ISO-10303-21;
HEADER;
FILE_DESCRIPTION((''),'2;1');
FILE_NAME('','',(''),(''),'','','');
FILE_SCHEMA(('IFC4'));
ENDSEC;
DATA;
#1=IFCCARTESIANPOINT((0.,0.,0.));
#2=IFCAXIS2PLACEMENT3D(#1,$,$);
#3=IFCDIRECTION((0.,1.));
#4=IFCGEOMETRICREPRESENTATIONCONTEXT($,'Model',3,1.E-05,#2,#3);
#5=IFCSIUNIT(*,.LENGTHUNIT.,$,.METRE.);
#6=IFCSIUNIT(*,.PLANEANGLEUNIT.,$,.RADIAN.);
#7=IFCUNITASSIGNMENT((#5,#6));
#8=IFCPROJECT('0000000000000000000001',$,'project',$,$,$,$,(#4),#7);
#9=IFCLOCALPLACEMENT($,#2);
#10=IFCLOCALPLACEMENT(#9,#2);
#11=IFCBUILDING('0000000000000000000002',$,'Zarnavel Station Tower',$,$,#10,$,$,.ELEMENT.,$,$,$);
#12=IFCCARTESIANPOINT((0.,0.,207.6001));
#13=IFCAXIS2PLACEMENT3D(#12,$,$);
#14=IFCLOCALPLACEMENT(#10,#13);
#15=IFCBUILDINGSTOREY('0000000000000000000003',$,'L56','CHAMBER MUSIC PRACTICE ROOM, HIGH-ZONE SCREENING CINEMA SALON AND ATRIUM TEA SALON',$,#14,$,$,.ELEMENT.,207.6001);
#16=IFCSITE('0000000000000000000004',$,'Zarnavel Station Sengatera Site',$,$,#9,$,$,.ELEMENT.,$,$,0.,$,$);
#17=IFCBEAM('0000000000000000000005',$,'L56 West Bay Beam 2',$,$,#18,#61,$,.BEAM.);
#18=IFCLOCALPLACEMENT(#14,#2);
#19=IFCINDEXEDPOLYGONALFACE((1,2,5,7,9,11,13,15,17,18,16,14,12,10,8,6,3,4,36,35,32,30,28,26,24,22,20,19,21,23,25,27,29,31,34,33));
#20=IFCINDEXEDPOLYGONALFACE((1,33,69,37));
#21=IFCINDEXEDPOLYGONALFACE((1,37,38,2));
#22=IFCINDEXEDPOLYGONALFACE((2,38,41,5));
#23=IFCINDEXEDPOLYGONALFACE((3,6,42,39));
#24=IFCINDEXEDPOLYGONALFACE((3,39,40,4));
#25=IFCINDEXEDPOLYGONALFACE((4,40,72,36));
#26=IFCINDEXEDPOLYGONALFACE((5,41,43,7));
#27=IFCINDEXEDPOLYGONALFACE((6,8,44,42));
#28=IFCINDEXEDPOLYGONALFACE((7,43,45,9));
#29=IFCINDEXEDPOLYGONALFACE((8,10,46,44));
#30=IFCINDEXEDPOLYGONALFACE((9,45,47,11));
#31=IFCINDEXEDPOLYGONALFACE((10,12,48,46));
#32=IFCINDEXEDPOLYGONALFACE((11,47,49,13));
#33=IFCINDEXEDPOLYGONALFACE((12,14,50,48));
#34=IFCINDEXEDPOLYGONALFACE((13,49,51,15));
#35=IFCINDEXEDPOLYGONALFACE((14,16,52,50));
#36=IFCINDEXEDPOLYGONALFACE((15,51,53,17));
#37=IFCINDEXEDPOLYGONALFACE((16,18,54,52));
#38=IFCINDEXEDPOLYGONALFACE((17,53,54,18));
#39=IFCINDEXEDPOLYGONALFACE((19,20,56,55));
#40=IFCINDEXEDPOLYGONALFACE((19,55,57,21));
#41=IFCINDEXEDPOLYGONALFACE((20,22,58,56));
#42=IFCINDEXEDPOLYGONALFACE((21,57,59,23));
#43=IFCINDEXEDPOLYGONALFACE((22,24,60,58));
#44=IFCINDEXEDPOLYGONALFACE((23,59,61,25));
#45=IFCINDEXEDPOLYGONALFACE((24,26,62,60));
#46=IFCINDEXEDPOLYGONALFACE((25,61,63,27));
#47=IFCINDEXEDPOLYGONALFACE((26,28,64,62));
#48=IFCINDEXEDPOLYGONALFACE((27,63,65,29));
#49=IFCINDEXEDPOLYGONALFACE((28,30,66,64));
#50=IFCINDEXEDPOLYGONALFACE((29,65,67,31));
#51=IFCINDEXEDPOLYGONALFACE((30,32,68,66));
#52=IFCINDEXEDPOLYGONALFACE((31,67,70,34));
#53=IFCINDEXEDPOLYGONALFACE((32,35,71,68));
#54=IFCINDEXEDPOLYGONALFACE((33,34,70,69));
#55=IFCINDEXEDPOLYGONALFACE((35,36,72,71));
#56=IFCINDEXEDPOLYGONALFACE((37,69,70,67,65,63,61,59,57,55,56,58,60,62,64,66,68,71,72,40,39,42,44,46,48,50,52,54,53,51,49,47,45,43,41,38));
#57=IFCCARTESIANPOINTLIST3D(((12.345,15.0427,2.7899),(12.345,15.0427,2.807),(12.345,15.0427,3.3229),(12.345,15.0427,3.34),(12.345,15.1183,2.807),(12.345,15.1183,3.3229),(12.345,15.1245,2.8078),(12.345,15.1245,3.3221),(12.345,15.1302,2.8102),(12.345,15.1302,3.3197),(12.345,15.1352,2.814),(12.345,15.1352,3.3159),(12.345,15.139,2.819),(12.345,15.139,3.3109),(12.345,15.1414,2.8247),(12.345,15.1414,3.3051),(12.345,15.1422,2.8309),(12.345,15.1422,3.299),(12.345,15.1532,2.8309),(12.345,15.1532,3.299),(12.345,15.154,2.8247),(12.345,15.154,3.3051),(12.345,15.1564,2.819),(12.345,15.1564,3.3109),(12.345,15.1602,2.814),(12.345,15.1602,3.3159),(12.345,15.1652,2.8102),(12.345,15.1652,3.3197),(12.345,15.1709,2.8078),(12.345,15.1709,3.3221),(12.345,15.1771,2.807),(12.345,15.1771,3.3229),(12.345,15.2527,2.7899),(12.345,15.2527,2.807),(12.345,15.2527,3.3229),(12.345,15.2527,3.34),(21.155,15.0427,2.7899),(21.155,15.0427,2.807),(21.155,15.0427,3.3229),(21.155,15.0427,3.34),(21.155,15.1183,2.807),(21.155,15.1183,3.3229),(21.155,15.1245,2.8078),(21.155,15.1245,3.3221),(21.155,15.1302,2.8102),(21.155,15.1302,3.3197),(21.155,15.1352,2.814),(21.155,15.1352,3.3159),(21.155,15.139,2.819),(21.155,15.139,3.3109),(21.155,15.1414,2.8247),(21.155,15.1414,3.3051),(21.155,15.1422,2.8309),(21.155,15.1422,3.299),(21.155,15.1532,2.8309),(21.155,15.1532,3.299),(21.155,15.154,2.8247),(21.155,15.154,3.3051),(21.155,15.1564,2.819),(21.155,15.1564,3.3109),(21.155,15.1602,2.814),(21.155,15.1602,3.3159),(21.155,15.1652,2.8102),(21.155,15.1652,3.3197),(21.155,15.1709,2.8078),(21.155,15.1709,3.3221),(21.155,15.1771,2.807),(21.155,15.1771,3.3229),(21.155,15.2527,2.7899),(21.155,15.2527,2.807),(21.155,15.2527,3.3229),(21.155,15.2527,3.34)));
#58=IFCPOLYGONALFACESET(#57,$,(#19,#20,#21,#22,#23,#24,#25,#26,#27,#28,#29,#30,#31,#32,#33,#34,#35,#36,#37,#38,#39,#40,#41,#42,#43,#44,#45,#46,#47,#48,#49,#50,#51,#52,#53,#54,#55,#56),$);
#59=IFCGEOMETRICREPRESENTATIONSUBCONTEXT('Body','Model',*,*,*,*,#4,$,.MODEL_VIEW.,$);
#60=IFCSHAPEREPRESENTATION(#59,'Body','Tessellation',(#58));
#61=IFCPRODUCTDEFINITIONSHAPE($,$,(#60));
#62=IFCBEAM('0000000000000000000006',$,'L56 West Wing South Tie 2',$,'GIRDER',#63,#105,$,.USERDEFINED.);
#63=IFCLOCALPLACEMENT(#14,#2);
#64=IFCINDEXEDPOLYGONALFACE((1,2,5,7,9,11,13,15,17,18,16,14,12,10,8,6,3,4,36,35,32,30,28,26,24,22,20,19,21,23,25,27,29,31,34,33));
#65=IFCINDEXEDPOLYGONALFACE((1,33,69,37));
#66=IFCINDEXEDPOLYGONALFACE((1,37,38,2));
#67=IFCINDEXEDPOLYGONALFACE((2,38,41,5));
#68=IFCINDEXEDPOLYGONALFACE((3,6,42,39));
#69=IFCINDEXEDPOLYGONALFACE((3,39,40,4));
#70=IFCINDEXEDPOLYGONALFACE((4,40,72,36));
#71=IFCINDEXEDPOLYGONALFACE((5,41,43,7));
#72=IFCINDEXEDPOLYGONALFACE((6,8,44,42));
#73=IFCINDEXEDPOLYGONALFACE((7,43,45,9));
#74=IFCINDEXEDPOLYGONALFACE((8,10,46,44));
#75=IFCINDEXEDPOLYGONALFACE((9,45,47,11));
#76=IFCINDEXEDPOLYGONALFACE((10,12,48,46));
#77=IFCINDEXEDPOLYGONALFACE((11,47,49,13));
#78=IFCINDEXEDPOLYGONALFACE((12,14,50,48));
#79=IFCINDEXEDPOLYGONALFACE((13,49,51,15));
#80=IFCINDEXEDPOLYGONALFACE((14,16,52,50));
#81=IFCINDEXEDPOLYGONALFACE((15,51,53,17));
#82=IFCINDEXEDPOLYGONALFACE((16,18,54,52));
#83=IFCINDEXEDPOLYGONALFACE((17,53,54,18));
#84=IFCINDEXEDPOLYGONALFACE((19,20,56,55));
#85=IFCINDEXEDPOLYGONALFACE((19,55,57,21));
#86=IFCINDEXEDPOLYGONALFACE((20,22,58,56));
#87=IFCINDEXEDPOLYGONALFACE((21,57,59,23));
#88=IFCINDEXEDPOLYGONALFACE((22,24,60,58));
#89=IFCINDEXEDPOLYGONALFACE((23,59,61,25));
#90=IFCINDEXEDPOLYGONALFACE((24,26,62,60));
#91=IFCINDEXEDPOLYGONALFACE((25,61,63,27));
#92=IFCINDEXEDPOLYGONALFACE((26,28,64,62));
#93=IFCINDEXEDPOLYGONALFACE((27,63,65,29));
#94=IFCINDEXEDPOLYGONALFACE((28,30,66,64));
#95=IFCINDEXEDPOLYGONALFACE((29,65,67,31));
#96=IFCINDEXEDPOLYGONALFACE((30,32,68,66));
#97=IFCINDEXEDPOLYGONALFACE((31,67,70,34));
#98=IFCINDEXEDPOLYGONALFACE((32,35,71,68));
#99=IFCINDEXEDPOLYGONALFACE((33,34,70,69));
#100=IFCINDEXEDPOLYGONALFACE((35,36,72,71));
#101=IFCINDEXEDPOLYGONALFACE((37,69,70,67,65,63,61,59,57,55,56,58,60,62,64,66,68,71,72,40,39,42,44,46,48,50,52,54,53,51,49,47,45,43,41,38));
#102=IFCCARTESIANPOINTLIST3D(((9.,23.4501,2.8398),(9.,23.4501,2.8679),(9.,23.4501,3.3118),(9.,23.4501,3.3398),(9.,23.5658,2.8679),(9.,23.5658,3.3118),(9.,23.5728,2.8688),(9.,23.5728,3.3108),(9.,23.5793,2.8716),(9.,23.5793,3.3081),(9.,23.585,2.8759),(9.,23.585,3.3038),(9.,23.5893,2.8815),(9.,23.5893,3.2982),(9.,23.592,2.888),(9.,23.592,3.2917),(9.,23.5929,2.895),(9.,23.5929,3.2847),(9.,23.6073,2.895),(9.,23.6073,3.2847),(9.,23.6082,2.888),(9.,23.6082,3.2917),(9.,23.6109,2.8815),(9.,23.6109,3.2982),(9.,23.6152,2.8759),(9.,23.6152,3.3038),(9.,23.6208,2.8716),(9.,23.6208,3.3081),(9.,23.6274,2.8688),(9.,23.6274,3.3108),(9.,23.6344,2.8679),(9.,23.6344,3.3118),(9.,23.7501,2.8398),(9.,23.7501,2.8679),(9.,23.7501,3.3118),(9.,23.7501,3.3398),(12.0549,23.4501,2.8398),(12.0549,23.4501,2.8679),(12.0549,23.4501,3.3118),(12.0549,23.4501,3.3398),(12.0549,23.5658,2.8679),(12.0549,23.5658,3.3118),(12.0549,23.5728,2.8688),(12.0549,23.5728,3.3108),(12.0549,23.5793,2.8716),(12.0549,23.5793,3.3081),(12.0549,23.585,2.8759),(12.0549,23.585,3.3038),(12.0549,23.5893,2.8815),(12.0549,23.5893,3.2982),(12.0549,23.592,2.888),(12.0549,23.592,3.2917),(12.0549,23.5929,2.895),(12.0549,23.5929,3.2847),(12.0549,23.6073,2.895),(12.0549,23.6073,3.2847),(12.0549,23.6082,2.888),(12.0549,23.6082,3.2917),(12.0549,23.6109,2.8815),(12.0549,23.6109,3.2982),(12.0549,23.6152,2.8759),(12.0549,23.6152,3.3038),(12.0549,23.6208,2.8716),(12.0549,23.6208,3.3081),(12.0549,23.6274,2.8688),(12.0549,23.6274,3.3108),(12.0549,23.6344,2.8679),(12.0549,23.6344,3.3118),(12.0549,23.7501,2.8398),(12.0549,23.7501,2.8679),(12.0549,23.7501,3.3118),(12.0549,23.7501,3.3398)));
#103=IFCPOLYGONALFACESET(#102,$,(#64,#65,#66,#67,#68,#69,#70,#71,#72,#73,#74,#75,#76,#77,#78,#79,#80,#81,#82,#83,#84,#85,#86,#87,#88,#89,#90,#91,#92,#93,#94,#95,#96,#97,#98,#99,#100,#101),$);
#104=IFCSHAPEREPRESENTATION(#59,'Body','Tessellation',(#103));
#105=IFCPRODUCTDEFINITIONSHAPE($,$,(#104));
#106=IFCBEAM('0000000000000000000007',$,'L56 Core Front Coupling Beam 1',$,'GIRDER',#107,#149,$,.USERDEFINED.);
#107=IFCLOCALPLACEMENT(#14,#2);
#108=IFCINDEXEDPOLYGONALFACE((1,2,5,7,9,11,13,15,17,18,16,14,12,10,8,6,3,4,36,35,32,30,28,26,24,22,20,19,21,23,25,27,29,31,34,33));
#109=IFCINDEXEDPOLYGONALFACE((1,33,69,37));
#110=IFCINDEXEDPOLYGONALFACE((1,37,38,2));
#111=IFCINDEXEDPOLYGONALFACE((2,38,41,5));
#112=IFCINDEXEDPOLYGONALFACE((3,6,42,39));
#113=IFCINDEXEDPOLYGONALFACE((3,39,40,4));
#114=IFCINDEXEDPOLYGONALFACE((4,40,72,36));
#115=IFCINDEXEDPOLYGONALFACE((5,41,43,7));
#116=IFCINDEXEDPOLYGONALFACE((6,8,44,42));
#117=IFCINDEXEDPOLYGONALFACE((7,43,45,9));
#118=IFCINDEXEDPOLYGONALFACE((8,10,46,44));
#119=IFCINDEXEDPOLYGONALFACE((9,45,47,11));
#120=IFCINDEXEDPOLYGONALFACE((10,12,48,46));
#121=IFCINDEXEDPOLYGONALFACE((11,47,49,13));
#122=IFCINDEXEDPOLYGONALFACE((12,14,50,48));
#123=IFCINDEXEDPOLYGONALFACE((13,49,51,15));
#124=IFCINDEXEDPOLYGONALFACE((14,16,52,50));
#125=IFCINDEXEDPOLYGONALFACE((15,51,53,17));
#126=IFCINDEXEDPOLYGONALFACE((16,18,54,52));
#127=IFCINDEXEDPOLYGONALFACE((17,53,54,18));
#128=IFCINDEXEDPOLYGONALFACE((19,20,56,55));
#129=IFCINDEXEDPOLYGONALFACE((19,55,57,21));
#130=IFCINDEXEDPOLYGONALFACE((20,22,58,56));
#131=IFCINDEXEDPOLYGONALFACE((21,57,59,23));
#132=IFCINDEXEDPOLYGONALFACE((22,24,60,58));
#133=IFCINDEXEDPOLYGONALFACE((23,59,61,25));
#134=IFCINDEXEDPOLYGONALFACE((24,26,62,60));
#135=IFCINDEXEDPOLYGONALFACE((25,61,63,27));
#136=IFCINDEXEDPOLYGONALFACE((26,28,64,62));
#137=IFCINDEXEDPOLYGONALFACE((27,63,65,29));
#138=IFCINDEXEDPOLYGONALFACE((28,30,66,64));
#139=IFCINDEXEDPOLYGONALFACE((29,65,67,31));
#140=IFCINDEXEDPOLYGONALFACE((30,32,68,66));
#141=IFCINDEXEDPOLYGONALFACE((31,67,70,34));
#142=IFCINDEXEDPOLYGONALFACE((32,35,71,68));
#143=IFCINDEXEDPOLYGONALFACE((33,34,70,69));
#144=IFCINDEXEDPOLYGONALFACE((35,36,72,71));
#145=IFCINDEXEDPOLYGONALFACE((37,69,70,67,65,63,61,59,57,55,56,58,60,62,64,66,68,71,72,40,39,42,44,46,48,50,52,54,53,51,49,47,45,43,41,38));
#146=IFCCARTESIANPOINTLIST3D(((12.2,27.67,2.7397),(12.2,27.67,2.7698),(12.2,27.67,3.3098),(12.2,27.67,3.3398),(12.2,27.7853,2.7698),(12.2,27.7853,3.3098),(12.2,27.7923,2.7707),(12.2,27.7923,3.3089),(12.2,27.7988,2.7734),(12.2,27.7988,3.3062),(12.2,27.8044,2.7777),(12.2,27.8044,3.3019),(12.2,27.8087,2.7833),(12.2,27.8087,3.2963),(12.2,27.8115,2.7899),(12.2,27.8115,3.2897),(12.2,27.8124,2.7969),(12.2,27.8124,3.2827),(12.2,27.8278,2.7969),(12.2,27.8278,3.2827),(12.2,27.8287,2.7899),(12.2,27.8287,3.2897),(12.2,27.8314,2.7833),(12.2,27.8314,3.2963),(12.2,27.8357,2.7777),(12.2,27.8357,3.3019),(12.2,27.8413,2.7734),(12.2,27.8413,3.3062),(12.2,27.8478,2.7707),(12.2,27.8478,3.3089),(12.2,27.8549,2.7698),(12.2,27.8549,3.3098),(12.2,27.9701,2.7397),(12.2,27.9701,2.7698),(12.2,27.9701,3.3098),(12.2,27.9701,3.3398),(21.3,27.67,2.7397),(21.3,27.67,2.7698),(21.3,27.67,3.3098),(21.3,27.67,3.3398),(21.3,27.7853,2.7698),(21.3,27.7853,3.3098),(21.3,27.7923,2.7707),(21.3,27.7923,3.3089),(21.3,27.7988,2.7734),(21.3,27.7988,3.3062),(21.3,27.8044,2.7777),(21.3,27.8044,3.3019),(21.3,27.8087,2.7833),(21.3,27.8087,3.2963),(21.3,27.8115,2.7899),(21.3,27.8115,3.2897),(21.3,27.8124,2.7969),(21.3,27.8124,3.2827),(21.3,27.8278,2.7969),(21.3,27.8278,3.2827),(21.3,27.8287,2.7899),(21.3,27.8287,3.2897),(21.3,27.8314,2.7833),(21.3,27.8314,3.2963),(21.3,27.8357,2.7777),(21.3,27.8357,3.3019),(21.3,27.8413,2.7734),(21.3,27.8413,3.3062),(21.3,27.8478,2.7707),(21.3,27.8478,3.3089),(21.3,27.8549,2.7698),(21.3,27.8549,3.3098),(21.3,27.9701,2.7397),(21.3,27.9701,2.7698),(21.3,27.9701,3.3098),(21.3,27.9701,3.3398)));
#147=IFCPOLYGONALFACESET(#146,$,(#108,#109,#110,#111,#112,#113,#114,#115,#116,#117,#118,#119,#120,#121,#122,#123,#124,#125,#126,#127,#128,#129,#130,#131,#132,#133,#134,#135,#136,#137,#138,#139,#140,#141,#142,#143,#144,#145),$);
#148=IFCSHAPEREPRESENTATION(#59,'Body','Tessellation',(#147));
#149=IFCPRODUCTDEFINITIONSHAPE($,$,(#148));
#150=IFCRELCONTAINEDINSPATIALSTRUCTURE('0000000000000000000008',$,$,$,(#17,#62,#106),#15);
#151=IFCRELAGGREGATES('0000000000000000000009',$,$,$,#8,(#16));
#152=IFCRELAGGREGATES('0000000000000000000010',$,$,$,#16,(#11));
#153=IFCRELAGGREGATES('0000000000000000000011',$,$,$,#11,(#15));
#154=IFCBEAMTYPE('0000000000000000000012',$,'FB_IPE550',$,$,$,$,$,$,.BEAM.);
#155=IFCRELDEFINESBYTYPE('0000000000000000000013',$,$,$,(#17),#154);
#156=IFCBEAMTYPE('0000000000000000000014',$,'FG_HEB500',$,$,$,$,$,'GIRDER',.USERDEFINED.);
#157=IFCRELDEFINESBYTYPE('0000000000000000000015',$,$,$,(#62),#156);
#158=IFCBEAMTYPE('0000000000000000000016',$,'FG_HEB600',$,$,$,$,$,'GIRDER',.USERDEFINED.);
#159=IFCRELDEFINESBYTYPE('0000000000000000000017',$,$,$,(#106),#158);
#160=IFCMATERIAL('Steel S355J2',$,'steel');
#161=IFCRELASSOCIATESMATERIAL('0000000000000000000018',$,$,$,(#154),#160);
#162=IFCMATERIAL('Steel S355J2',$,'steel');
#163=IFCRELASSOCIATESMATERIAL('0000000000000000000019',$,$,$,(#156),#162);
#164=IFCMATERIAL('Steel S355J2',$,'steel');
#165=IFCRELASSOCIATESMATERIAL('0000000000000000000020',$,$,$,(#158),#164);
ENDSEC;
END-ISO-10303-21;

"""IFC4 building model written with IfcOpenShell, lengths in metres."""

from ifc_helpers import new_model, si_unit, direction, frame, origin, origin_2d, place, context, subcontext, project, spatial, i_section, extrude, material, material_profile, profile_set, type_object, element, save


model = new_model("IFC4")

# Units and contexts
model_context = context("Model", 3, precision=1e-05, world=origin(), true_north=direction((0.0, 1.0)))
body_context = subcontext(model_context, "Body", "Model", "MODEL_VIEW")
ifc_project = project(units=[si_unit("LENGTHUNIT", "METRE"), si_unit("PLANEANGLEUNIT", "RADIAN")], contexts=[model_context])

# Site, building, storey
site_placement = place(None, origin())
site = spatial("IfcSite", under=ifc_project, at=site_placement, Name="Zarnavel Station Sengatera Site", CompositionType="ELEMENT", RefElevation=0.0)
building_placement = place(site_placement, origin())
building = spatial("IfcBuilding", under=site, at=building_placement, Name="Zarnavel Station Tower", CompositionType="ELEMENT")
storey_placement = place(building_placement, frame((0.0, 0.0, 207.6001)))
storey = spatial("IfcBuildingStorey", under=building, at=storey_placement, Name="L56", Description="CHAMBER MUSIC PRACTICE ROOM, HIGH-ZONE SCREENING CINEMA SALON AND ATRIUM TEA SALON", CompositionType="ELEMENT", Elevation=207.6001)

# Beams
ifc_material_1 = material(Name="Steel S355J2", Category="steel")
ifc_material_profile_1 = material_profile(ifc_material_1, i_section(OverallWidth=0.21, OverallDepth=0.55, WebThickness=0.011, FlangeThickness=0.0171, FilletRadius=0.0239, at=origin_2d()), Name="IPE550")
ifc_profile_set_1 = profile_set([ifc_material_profile_1], Name="Steel S355J2")
beam_type_1 = type_object("IfcBeamType", Name="FB_IPE550", PredefinedType="BEAM", material=ifc_profile_set_1)
beam_1_placement = place(storey_placement, frame((12.345, 15.1477, 3.0649), z_axis=(1.0, 0.0, 0.0), x_axis=(0.0, 1.0, 0.0)))
element("IfcBeam", 1, at=beam_1_placement, inside=storey, type_object=beam_type_1, Name="L56 West Bay Beam 2", PredefinedType="BEAM", context=body_context, shape_type="SweptSolid", body=[
    extrude(i_section(OverallWidth=0.21, OverallDepth=0.55, WebThickness=0.011, FlangeThickness=0.0171, FilletRadius=0.0239, at=origin_2d()), origin(), (0.0, 0.0, 1.0), 8.8101),
])
ifc_material_2 = material(Name="Steel S355J2", Category="steel")
ifc_material_profile_2 = material_profile(ifc_material_2, i_section(OverallWidth=0.3, OverallDepth=0.5, WebThickness=0.0144, FlangeThickness=0.0281, FilletRadius=0.0271, at=origin_2d()), Name="HEB500")
ifc_profile_set_2 = profile_set([ifc_material_profile_2], Name="Steel S355J2")
beam_type_2 = type_object("IfcBeamType", Name="FG_HEB500", ElementType="GIRDER", PredefinedType="USERDEFINED", material=ifc_profile_set_2)
beam_2_placement = place(storey_placement, frame((9.0, 23.6001, 3.0898), z_axis=(1.0, 0.0, 0.0), x_axis=(0.0, 1.0, 0.0)))
element("IfcBeam", 2, at=beam_2_placement, inside=storey, type_object=beam_type_2, Name="L56 West Wing South Tie 2", ObjectType="GIRDER", PredefinedType="USERDEFINED", context=body_context, shape_type="SweptSolid", body=[
    extrude(i_section(OverallWidth=0.3, OverallDepth=0.5, WebThickness=0.0144, FlangeThickness=0.0281, FilletRadius=0.0271, at=origin_2d()), origin(), (0.0, 0.0, 1.0), 3.0549),
])
ifc_material_3 = material(Name="Steel S355J2", Category="steel")
ifc_material_profile_3 = material_profile(ifc_material_3, i_section(OverallWidth=0.3, OverallDepth=0.6001, WebThickness=0.0154, FlangeThickness=0.03, FilletRadius=0.0271, at=origin_2d()), Name="HEB600")
ifc_profile_set_3 = profile_set([ifc_material_profile_3], Name="Steel S355J2")
beam_type_3 = type_object("IfcBeamType", Name="FG_HEB600", ElementType="GIRDER", PredefinedType="USERDEFINED", material=ifc_profile_set_3)
beam_3_placement = place(storey_placement, frame((12.2, 27.8201, 3.0398), z_axis=(1.0, 0.0, 0.0), x_axis=(0.0, 1.0, 0.0)))
element("IfcBeam", 3, at=beam_3_placement, inside=storey, type_object=beam_type_3, Name="L56 Core Front Coupling Beam 1", ObjectType="GIRDER", PredefinedType="USERDEFINED", context=body_context, shape_type="SweptSolid", body=[
    extrude(i_section(OverallWidth=0.3, OverallDepth=0.6001, WebThickness=0.0154, FlangeThickness=0.03, FilletRadius=0.0271, at=origin_2d()), origin(), (0.0, 0.0, 1.0), 9.1001),
])

save(model, "model.ifc")
